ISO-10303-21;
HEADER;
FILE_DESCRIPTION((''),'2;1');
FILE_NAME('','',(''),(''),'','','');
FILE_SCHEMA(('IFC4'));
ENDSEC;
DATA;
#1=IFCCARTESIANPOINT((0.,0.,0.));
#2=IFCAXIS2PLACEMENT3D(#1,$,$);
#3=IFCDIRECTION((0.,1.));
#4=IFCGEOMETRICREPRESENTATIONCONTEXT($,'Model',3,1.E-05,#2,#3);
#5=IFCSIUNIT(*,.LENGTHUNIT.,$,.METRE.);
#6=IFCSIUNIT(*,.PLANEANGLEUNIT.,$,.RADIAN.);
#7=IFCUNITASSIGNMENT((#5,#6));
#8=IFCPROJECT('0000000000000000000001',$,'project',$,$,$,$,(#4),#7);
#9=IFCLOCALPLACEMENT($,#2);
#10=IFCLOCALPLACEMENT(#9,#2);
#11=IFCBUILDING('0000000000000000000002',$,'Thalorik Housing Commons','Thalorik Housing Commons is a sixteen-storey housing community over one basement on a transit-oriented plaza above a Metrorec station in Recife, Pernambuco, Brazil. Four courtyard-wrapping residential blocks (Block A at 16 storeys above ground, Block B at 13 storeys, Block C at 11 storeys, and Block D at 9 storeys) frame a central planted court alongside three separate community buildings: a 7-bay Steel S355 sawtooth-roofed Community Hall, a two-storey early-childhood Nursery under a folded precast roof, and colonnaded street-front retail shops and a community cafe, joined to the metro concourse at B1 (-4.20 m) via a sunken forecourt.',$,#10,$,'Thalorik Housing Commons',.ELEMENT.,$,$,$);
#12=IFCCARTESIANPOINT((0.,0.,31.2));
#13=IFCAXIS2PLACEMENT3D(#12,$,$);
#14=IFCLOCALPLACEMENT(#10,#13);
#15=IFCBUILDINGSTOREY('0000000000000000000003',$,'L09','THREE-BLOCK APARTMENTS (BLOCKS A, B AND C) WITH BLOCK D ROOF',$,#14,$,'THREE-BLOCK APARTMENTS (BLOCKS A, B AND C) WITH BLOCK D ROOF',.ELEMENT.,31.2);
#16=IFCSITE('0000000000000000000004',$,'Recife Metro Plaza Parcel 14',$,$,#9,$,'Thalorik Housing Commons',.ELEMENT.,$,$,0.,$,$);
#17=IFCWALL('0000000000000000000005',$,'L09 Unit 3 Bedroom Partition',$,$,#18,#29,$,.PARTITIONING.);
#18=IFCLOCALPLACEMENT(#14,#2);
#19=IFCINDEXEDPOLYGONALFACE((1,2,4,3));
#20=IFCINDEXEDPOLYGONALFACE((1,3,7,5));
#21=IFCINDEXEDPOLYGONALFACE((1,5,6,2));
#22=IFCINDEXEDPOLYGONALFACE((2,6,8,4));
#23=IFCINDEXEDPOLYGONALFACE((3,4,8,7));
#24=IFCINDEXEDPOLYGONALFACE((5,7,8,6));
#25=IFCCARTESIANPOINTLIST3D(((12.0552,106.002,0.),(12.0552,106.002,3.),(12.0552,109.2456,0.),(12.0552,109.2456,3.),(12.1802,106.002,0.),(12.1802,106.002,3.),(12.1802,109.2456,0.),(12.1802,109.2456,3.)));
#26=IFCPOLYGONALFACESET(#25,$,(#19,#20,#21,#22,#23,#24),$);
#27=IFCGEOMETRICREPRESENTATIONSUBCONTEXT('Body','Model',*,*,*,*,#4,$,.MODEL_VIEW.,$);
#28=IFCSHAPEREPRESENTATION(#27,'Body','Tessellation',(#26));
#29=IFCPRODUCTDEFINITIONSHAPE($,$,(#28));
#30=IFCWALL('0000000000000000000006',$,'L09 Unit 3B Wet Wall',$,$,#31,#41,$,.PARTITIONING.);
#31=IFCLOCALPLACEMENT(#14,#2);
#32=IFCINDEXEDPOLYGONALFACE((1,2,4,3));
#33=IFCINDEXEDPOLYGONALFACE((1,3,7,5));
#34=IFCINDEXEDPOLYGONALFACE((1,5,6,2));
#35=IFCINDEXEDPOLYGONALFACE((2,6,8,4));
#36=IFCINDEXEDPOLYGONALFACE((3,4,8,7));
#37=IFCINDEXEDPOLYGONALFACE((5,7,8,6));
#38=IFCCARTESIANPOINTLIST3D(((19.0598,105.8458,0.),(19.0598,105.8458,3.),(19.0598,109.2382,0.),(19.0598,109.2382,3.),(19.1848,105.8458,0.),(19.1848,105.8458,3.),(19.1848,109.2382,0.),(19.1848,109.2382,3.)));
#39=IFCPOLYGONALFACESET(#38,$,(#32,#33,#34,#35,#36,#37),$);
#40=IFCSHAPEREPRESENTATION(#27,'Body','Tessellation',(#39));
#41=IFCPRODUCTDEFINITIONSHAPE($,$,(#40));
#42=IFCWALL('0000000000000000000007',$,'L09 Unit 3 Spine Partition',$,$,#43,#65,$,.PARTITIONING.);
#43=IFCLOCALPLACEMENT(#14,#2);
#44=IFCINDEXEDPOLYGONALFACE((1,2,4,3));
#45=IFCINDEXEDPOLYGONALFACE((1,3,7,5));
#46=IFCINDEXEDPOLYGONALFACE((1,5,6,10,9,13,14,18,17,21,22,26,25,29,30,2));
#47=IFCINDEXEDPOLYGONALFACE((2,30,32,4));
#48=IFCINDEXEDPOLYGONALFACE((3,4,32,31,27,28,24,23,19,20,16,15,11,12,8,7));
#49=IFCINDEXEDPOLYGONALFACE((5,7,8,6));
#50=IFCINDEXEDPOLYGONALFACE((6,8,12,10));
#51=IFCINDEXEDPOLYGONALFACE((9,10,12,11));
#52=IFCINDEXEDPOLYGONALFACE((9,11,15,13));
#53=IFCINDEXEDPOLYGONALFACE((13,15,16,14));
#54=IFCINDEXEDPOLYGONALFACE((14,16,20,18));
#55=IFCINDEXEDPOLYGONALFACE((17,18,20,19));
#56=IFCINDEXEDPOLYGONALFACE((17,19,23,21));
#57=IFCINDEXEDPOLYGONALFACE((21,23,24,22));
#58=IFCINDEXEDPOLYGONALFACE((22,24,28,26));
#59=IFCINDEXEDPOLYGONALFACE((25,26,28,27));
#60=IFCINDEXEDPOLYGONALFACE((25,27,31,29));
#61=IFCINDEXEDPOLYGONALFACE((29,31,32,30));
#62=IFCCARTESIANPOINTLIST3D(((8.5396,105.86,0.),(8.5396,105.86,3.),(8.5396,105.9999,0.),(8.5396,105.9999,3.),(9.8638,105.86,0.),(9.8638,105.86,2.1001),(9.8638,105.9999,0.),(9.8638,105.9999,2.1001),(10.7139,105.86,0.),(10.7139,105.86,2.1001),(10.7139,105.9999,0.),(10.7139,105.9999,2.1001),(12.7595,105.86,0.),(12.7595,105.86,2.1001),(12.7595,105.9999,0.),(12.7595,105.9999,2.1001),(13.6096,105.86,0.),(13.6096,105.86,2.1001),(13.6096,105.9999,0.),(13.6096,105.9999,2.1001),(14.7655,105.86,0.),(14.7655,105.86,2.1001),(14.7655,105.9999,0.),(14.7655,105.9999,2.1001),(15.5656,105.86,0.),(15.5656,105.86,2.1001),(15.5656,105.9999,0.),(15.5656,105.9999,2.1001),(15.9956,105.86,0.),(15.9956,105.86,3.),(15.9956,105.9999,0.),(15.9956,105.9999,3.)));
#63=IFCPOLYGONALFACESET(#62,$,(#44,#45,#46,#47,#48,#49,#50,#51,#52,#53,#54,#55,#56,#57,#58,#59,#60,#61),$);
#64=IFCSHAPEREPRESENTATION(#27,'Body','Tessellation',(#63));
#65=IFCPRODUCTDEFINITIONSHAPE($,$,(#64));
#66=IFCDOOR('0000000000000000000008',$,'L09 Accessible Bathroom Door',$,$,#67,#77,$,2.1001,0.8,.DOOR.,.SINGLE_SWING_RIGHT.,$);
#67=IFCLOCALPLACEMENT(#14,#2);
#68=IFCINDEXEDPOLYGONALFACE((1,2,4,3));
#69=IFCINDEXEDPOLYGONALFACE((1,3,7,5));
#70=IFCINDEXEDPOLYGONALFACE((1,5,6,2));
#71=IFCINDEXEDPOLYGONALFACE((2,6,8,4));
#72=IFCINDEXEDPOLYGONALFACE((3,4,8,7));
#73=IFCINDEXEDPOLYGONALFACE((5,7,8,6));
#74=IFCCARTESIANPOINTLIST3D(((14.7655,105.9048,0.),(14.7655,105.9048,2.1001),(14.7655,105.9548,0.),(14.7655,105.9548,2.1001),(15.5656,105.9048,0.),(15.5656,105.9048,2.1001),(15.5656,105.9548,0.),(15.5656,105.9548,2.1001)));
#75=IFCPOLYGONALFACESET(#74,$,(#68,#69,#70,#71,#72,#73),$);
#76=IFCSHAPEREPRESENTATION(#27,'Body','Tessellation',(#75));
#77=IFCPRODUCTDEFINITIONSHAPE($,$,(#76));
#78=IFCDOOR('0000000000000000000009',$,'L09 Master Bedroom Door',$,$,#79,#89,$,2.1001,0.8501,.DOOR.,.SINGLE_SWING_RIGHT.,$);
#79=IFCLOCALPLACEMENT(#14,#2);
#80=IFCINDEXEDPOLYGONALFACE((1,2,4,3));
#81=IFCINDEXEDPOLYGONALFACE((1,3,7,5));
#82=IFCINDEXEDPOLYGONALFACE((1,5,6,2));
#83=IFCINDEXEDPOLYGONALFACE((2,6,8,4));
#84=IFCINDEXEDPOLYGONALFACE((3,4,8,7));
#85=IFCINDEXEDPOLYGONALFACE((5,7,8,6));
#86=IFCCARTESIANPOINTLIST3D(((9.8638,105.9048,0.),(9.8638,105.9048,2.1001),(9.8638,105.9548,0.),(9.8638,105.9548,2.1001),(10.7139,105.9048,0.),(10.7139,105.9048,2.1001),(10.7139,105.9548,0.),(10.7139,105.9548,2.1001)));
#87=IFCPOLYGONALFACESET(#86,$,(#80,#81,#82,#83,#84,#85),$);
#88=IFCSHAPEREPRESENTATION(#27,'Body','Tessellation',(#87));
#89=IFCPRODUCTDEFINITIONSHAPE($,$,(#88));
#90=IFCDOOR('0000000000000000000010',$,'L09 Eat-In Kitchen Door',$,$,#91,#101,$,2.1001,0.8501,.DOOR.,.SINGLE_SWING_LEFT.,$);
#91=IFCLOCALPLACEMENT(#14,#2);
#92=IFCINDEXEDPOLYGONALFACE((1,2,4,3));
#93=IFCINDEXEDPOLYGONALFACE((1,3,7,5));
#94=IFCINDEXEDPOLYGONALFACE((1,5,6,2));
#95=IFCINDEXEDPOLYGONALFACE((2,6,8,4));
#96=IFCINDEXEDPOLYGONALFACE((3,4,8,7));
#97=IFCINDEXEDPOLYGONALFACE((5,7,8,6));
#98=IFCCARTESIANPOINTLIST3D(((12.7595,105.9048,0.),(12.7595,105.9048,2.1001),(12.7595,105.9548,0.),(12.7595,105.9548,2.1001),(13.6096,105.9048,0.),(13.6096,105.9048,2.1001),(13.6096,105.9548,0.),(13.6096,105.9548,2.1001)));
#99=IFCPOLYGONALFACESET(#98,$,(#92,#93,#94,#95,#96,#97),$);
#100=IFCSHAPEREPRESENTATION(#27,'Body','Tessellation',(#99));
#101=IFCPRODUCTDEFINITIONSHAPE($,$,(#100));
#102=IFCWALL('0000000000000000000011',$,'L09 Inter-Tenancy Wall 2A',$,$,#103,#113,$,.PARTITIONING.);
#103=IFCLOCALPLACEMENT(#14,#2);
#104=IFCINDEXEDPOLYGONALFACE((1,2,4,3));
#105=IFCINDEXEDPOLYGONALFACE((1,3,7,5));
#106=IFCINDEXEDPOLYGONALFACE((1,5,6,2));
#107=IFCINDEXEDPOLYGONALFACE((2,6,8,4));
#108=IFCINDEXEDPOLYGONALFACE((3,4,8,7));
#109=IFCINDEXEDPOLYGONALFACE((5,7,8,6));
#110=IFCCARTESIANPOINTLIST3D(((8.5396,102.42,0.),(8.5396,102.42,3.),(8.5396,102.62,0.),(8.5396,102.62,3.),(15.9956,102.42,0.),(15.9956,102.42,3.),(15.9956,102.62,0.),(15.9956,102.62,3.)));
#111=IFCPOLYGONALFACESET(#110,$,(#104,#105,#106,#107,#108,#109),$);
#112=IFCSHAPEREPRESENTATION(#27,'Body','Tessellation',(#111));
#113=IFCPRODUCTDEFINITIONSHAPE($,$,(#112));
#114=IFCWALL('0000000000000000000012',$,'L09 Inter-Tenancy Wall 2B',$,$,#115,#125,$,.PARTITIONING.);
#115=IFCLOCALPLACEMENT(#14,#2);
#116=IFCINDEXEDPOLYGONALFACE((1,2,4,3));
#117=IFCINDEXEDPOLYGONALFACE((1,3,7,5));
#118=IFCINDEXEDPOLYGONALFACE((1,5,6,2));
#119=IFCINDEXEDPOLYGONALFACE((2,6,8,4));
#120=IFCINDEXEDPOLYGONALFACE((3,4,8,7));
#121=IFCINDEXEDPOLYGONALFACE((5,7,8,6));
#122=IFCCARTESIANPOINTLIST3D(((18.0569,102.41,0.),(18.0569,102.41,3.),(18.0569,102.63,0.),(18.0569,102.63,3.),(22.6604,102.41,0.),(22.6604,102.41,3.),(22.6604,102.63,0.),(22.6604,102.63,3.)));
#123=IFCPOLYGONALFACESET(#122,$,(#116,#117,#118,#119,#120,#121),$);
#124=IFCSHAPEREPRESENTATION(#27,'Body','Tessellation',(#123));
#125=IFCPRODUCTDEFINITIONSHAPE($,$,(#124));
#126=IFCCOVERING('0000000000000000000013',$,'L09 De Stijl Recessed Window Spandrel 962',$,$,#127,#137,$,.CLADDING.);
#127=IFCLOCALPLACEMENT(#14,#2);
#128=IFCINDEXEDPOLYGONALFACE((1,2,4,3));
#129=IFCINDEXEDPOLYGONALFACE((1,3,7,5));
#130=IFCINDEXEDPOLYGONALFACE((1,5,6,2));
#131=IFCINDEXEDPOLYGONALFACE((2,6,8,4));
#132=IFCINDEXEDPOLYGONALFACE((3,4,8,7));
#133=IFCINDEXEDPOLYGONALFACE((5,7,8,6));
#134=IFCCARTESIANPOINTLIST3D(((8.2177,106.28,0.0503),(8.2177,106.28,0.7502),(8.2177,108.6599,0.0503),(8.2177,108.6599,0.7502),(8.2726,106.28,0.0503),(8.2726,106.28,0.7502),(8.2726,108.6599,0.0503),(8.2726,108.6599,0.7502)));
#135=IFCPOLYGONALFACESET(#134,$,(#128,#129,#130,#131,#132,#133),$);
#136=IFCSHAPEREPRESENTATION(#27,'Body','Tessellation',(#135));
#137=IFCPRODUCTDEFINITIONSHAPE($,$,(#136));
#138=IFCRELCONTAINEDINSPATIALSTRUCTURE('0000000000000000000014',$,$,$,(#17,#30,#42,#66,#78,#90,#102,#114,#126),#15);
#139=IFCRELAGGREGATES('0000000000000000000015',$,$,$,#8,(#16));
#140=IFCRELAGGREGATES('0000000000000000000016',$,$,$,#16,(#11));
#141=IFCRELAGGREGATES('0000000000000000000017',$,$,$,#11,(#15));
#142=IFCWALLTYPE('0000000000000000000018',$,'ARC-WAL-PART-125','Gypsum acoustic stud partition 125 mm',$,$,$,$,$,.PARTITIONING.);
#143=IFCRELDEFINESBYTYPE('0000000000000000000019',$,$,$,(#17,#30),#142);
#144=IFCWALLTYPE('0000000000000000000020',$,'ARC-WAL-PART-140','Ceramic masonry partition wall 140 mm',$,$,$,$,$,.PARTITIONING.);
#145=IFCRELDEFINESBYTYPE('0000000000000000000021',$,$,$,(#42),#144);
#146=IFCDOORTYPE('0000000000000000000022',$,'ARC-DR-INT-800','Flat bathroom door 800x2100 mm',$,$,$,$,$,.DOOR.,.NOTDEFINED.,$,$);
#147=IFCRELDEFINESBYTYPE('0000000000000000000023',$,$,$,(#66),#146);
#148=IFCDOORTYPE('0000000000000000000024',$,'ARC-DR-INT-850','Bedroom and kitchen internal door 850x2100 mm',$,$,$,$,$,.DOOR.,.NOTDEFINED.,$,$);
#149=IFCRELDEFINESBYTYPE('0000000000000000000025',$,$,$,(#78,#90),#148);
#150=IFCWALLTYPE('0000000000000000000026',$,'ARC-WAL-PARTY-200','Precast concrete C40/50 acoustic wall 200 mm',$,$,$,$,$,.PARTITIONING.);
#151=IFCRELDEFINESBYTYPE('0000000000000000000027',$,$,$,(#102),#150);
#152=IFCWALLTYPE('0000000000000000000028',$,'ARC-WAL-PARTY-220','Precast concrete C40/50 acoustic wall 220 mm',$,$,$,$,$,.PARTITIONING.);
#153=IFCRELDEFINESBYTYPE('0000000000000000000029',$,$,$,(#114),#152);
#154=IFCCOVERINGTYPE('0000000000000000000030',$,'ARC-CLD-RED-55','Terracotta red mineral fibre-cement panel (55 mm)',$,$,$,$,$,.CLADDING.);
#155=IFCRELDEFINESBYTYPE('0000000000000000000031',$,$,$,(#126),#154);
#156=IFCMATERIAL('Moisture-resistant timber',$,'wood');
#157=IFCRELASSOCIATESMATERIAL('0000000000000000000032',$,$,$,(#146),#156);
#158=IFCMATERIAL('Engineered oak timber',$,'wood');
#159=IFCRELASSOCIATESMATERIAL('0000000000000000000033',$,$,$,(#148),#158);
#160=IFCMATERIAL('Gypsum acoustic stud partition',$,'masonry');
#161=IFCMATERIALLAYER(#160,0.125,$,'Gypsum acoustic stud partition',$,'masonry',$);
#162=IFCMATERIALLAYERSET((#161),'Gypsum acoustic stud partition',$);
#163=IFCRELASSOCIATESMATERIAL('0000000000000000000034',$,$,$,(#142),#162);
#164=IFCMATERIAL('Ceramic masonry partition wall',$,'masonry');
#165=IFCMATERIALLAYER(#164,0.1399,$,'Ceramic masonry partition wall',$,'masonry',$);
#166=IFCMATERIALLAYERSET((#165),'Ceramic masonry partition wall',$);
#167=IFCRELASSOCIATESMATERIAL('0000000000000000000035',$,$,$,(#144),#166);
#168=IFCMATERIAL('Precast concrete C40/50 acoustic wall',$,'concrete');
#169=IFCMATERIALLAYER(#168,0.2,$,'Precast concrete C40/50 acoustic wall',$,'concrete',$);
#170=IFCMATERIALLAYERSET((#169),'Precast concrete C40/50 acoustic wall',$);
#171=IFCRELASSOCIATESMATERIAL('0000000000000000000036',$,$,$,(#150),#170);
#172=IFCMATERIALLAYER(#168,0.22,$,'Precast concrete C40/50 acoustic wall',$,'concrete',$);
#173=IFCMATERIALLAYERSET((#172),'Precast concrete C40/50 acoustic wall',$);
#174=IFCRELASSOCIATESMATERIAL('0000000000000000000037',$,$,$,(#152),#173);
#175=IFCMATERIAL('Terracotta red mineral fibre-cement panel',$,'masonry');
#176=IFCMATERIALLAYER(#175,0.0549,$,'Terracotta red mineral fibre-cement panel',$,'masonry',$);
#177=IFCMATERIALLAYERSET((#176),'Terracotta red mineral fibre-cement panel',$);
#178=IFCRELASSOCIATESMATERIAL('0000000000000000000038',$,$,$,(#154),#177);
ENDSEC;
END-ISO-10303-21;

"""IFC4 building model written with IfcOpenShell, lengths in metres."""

from ifc_helpers import new_model, si_unit, direction, frame, frame_2d, origin, origin_2d, place, context, subcontext, project, spatial, rectangle, extrude, material, layer, layer_set, type_object, element, fill, save


model = new_model("IFC4")

# Units and contexts
model_context = context("Model", 3, precision=1e-05, world=origin(), true_north=direction((0.0, 1.0)))
body_context = subcontext(model_context, "Body", "Model", "MODEL_VIEW")
ifc_project = project(units=[si_unit("LENGTHUNIT", "METRE"), si_unit("PLANEANGLEUNIT", "RADIAN")], contexts=[model_context])

# Site, building, storey
site_placement = place(None, origin())
site = spatial("IfcSite", under=ifc_project, at=site_placement, Name="Recife Metro Plaza Parcel 14", LongName="Thalorik Housing Commons", CompositionType="ELEMENT", RefElevation=0.0)
building_placement = place(site_placement, origin())
building = spatial("IfcBuilding", under=site, at=building_placement, Name="Thalorik Housing Commons", Description="Thalorik Housing Commons is a sixteen-storey housing community over one basement on a transit-oriented plaza above a Metrorec station in Recife, Pernambuco, Brazil. Four courtyard-wrapping residential blocks (Block A at 16 storeys above ground, Block B at 13 storeys, Block C at 11 storeys, and Block D at 9 storeys) frame a central planted court alongside three separate community buildings: a 7-bay Steel S355 sawtooth-roofed Community Hall, a two-storey early-childhood Nursery under a folded precast roof, and colonnaded street-front retail shops and a community cafe, joined to the metro concourse at B1 (-4.20 m) via a sunken forecourt.", LongName="Thalorik Housing Commons", CompositionType="ELEMENT")
storey_placement = place(building_placement, frame((0.0, 0.0, 31.2)))
storey = spatial("IfcBuildingStorey", under=building, at=storey_placement, Name="L09", Description="THREE-BLOCK APARTMENTS (BLOCKS A, B AND C) WITH BLOCK D ROOF", LongName="THREE-BLOCK APARTMENTS (BLOCKS A, B AND C) WITH BLOCK D ROOF", CompositionType="ELEMENT", Elevation=31.2)

# Shared definitions
ifc_material_1 = material(Name="Moisture-resistant timber", Category="wood")
door_type_1 = type_object("IfcDoorType", Name="ARC-DR-INT-800", Description="Flat bathroom door 800x2100 mm", OperationType="NOTDEFINED", PredefinedType="DOOR", material=ifc_material_1)
ifc_material_2 = material(Name="Engineered oak timber", Category="wood")
door_type_2 = type_object("IfcDoorType", Name="ARC-DR-INT-850", Description="Bedroom and kitchen internal door 850x2100 mm", OperationType="NOTDEFINED", PredefinedType="DOOR", material=ifc_material_2)

# Walls
ifc_material_3 = material(Name="Gypsum acoustic stud partition", Category="masonry")
ifc_layer_1 = layer(ifc_material_3, 0.125, Name="Gypsum acoustic stud partition", Category="masonry")
ifc_layer_set_1 = layer_set([ifc_layer_1], Name="Gypsum acoustic stud partition")
wall_type_1 = type_object("IfcWallType", Name="ARC-WAL-PART-125", Description="Gypsum acoustic stud partition 125 mm", PredefinedType="PARTITIONING", material=ifc_layer_set_1)
wall_1_placement = place(storey_placement, frame((12.1177, 106.002, 0.0), z_axis=(0.0, 0.0, 1.0), x_axis=(0.0, 1.0, 0.0)))
element("IfcWall", 1, at=wall_1_placement, inside=storey, type_object=wall_type_1, Name="L09 Unit 3 Bedroom Partition", PredefinedType="PARTITIONING", context=body_context, shape_type="SweptSolid", body=[
    extrude(rectangle(XDim=3.2437, YDim=0.125, at=frame_2d((1.6218, 0.0))), origin(), (0.0, 0.0, 1.0), 3.0),
])
wall_2_placement = place(storey_placement, frame((19.1223, 105.8457, 0.0), z_axis=(0.0, 0.0, 1.0), x_axis=(0.0, 1.0, 0.0)))
element("IfcWall", 2, at=wall_2_placement, inside=storey, type_object=wall_type_1, Name="L09 Unit 3B Wet Wall", PredefinedType="PARTITIONING", context=body_context, shape_type="SweptSolid", body=[
    extrude(rectangle(XDim=3.3923, YDim=0.125, at=frame_2d((1.6963, 0.0))), origin(), (0.0, 0.0, 1.0), 3.0),
])

# Wall, openings, doors
ifc_material_4 = material(Name="Ceramic masonry partition wall", Category="masonry")
ifc_layer_2 = layer(ifc_material_4, 0.1399, Name="Ceramic masonry partition wall", Category="masonry")
ifc_layer_set_2 = layer_set([ifc_layer_2], Name="Ceramic masonry partition wall")
wall_type_2 = type_object("IfcWallType", Name="ARC-WAL-PART-140", Description="Ceramic masonry partition wall 140 mm", PredefinedType="PARTITIONING", material=ifc_layer_set_2)
wall_3_placement = place(storey_placement, frame((8.5396, 105.9299, 0.0), z_axis=(0.0, 0.0, 1.0), x_axis=(1.0, 0.0, 0.0)))
wall_3 = element("IfcWall", 3, at=wall_3_placement, inside=storey, type_object=wall_type_2, Name="L09 Unit 3 Spine Partition", PredefinedType="PARTITIONING", context=body_context, shape_type="SweptSolid", body=[
    extrude(rectangle(XDim=7.4561, YDim=0.1399, at=frame_2d((3.728, 0.0))), origin(), (0.0, 0.0, 1.0), 3.0),
])
opening_1_placement = place(wall_3_placement, frame((1.3242, 0.0, 0.0)))
opening_1 = element("IfcOpeningElement", 4, at=opening_1_placement, cuts=wall_3, PredefinedType="OPENING", context=body_context, shape_type="SweptSolid", body=[
    extrude(rectangle(XDim=0.8501, YDim=2.1001, at=frame_2d((0.425, 1.05))), frame((0.0, 0.0801, 0.0), z_axis=(0.0, -1.0, 0.0), x_axis=(1.0, 0.0, 0.0)), (0.0, 0.0, 1.0), 0.1599),
])
opening_2_placement = place(wall_3_placement, frame((4.22, 0.0, 0.0)))
opening_2 = element("IfcOpeningElement", 5, at=opening_2_placement, cuts=wall_3, PredefinedType="OPENING", context=body_context, shape_type="SweptSolid", body=[
    extrude(rectangle(XDim=0.8501, YDim=2.1001, at=frame_2d((0.425, 1.05))), frame((0.0, 0.0801, 0.0), z_axis=(0.0, -1.0, 0.0), x_axis=(1.0, 0.0, 0.0)), (0.0, 0.0, 1.0), 0.1599),
])
opening_3_placement = place(wall_3_placement, frame((6.2261, 0.0, 0.0)))
opening_3 = element("IfcOpeningElement", 6, at=opening_3_placement, cuts=wall_3, PredefinedType="OPENING", context=body_context, shape_type="SweptSolid", body=[
    extrude(rectangle(XDim=0.8, YDim=2.1001, at=frame_2d((0.3999, 1.05))), frame((0.0, 0.0801, 0.0), z_axis=(0.0, -1.0, 0.0), x_axis=(1.0, 0.0, 0.0)), (0.0, 0.0, 1.0), 0.1599),
])
door_1_placement = place(opening_3_placement, origin())
door_1 = element("IfcDoor", 7, at=door_1_placement, inside=storey, type_object=door_type_1, Name="L09 Accessible Bathroom Door", OperationType="SINGLE_SWING_RIGHT", OverallHeight=2.1001, OverallWidth=0.8, PredefinedType="DOOR", context=body_context, shape_type="SweptSolid", body=[
    extrude(rectangle(XDim=0.8, YDim=2.1001, at=frame_2d((0.3999, 1.05))), frame((0.0, 0.0249, 0.0), z_axis=(0.0, -1.0, 0.0), x_axis=(1.0, 0.0, 0.0)), (0.0, 0.0, 1.0), 0.05),
])
fill(opening_3, door_1)
door_2_placement = place(opening_1_placement, origin())
door_2 = element("IfcDoor", 8, at=door_2_placement, inside=storey, type_object=door_type_2, Name="L09 Master Bedroom Door", OperationType="SINGLE_SWING_RIGHT", OverallHeight=2.1001, OverallWidth=0.8501, PredefinedType="DOOR", context=body_context, shape_type="SweptSolid", body=[
    extrude(rectangle(XDim=0.8501, YDim=2.1001, at=frame_2d((0.425, 1.05))), frame((0.0, 0.0249, 0.0), z_axis=(0.0, -1.0, 0.0), x_axis=(1.0, 0.0, 0.0)), (0.0, 0.0, 1.0), 0.05),
])
fill(opening_1, door_2)
door_3_placement = place(opening_2_placement, origin())
door_3 = element("IfcDoor", 9, at=door_3_placement, inside=storey, type_object=door_type_2, Name="L09 Eat-In Kitchen Door", OperationType="SINGLE_SWING_LEFT", OverallHeight=2.1001, OverallWidth=0.8501, PredefinedType="DOOR", context=body_context, shape_type="SweptSolid", body=[
    extrude(rectangle(XDim=0.8501, YDim=2.1001, at=frame_2d((0.425, 1.05))), frame((0.0, 0.0249, 0.0), z_axis=(0.0, -1.0, 0.0), x_axis=(1.0, 0.0, 0.0)), (0.0, 0.0, 1.0), 0.05),
])
fill(opening_2, door_3)

# Walls
ifc_material_5 = material(Name="Precast concrete C40/50 acoustic wall", Category="concrete")
ifc_layer_3 = layer(ifc_material_5, 0.2, Name="Precast concrete C40/50 acoustic wall", Category="concrete")
ifc_layer_set_3 = layer_set([ifc_layer_3], Name="Precast concrete C40/50 acoustic wall")
wall_type_3 = type_object("IfcWallType", Name="ARC-WAL-PARTY-200", Description="Precast concrete C40/50 acoustic wall 200 mm", PredefinedType="PARTITIONING", material=ifc_layer_set_3)
wall_4_placement = place(storey_placement, frame((8.5396, 102.52, 0.0), z_axis=(0.0, 0.0, 1.0), x_axis=(1.0, 0.0, 0.0)))
element("IfcWall", 10, at=wall_4_placement, inside=storey, type_object=wall_type_3, Name="L09 Inter-Tenancy Wall 2A", PredefinedType="PARTITIONING", context=body_context, shape_type="SweptSolid", body=[
    extrude(rectangle(XDim=7.4561, YDim=0.2, at=frame_2d((3.728, 0.0))), origin(), (0.0, 0.0, 1.0), 3.0),
])
ifc_layer_4 = layer(ifc_material_5, 0.22, Name="Precast concrete C40/50 acoustic wall", Category="concrete")
ifc_layer_set_4 = layer_set([ifc_layer_4], Name="Precast concrete C40/50 acoustic wall")
wall_type_4 = type_object("IfcWallType", Name="ARC-WAL-PARTY-220", Description="Precast concrete C40/50 acoustic wall 220 mm", PredefinedType="PARTITIONING", material=ifc_layer_set_4)
wall_5_placement = place(storey_placement, frame((18.0569, 102.52, 0.0), z_axis=(0.0, 0.0, 1.0), x_axis=(1.0, 0.0, 0.0)))
element("IfcWall", 11, at=wall_5_placement, inside=storey, type_object=wall_type_4, Name="L09 Inter-Tenancy Wall 2B", PredefinedType="PARTITIONING", context=body_context, shape_type="SweptSolid", body=[
    extrude(rectangle(XDim=4.6035, YDim=0.22, at=frame_2d((2.3018, 0.0))), origin(), (0.0, 0.0, 1.0), 3.0),
])

# Covering
ifc_material_6 = material(Name="Terracotta red mineral fibre-cement panel", Category="masonry")
ifc_layer_5 = layer(ifc_material_6, 0.0549, Name="Terracotta red mineral fibre-cement panel", Category="masonry")
ifc_layer_set_5 = layer_set([ifc_layer_5], Name="Terracotta red mineral fibre-cement panel")
covering_type_1 = type_object("IfcCoveringType", Name="ARC-CLD-RED-55", Description="Terracotta red mineral fibre-cement panel (55 mm)", PredefinedType="CLADDING", material=ifc_layer_set_5)
covering_1_placement = place(storey_placement, frame((8.2451, 107.47, 0.0503), z_axis=(0.0, 0.0, 1.0), x_axis=(0.0, -1.0, 0.0)))
element("IfcCovering", 12, at=covering_1_placement, inside=storey, type_object=covering_type_1, Name="L09 De Stijl Recessed Window Spandrel 962", PredefinedType="CLADDING", context=body_context, shape_type="SweptSolid", body=[
    extrude(rectangle(XDim=2.3799, YDim=0.0549, at=origin_2d()), origin(), (0.0, 0.0, 1.0), 0.7),
])

save(model, "model.ifc")
